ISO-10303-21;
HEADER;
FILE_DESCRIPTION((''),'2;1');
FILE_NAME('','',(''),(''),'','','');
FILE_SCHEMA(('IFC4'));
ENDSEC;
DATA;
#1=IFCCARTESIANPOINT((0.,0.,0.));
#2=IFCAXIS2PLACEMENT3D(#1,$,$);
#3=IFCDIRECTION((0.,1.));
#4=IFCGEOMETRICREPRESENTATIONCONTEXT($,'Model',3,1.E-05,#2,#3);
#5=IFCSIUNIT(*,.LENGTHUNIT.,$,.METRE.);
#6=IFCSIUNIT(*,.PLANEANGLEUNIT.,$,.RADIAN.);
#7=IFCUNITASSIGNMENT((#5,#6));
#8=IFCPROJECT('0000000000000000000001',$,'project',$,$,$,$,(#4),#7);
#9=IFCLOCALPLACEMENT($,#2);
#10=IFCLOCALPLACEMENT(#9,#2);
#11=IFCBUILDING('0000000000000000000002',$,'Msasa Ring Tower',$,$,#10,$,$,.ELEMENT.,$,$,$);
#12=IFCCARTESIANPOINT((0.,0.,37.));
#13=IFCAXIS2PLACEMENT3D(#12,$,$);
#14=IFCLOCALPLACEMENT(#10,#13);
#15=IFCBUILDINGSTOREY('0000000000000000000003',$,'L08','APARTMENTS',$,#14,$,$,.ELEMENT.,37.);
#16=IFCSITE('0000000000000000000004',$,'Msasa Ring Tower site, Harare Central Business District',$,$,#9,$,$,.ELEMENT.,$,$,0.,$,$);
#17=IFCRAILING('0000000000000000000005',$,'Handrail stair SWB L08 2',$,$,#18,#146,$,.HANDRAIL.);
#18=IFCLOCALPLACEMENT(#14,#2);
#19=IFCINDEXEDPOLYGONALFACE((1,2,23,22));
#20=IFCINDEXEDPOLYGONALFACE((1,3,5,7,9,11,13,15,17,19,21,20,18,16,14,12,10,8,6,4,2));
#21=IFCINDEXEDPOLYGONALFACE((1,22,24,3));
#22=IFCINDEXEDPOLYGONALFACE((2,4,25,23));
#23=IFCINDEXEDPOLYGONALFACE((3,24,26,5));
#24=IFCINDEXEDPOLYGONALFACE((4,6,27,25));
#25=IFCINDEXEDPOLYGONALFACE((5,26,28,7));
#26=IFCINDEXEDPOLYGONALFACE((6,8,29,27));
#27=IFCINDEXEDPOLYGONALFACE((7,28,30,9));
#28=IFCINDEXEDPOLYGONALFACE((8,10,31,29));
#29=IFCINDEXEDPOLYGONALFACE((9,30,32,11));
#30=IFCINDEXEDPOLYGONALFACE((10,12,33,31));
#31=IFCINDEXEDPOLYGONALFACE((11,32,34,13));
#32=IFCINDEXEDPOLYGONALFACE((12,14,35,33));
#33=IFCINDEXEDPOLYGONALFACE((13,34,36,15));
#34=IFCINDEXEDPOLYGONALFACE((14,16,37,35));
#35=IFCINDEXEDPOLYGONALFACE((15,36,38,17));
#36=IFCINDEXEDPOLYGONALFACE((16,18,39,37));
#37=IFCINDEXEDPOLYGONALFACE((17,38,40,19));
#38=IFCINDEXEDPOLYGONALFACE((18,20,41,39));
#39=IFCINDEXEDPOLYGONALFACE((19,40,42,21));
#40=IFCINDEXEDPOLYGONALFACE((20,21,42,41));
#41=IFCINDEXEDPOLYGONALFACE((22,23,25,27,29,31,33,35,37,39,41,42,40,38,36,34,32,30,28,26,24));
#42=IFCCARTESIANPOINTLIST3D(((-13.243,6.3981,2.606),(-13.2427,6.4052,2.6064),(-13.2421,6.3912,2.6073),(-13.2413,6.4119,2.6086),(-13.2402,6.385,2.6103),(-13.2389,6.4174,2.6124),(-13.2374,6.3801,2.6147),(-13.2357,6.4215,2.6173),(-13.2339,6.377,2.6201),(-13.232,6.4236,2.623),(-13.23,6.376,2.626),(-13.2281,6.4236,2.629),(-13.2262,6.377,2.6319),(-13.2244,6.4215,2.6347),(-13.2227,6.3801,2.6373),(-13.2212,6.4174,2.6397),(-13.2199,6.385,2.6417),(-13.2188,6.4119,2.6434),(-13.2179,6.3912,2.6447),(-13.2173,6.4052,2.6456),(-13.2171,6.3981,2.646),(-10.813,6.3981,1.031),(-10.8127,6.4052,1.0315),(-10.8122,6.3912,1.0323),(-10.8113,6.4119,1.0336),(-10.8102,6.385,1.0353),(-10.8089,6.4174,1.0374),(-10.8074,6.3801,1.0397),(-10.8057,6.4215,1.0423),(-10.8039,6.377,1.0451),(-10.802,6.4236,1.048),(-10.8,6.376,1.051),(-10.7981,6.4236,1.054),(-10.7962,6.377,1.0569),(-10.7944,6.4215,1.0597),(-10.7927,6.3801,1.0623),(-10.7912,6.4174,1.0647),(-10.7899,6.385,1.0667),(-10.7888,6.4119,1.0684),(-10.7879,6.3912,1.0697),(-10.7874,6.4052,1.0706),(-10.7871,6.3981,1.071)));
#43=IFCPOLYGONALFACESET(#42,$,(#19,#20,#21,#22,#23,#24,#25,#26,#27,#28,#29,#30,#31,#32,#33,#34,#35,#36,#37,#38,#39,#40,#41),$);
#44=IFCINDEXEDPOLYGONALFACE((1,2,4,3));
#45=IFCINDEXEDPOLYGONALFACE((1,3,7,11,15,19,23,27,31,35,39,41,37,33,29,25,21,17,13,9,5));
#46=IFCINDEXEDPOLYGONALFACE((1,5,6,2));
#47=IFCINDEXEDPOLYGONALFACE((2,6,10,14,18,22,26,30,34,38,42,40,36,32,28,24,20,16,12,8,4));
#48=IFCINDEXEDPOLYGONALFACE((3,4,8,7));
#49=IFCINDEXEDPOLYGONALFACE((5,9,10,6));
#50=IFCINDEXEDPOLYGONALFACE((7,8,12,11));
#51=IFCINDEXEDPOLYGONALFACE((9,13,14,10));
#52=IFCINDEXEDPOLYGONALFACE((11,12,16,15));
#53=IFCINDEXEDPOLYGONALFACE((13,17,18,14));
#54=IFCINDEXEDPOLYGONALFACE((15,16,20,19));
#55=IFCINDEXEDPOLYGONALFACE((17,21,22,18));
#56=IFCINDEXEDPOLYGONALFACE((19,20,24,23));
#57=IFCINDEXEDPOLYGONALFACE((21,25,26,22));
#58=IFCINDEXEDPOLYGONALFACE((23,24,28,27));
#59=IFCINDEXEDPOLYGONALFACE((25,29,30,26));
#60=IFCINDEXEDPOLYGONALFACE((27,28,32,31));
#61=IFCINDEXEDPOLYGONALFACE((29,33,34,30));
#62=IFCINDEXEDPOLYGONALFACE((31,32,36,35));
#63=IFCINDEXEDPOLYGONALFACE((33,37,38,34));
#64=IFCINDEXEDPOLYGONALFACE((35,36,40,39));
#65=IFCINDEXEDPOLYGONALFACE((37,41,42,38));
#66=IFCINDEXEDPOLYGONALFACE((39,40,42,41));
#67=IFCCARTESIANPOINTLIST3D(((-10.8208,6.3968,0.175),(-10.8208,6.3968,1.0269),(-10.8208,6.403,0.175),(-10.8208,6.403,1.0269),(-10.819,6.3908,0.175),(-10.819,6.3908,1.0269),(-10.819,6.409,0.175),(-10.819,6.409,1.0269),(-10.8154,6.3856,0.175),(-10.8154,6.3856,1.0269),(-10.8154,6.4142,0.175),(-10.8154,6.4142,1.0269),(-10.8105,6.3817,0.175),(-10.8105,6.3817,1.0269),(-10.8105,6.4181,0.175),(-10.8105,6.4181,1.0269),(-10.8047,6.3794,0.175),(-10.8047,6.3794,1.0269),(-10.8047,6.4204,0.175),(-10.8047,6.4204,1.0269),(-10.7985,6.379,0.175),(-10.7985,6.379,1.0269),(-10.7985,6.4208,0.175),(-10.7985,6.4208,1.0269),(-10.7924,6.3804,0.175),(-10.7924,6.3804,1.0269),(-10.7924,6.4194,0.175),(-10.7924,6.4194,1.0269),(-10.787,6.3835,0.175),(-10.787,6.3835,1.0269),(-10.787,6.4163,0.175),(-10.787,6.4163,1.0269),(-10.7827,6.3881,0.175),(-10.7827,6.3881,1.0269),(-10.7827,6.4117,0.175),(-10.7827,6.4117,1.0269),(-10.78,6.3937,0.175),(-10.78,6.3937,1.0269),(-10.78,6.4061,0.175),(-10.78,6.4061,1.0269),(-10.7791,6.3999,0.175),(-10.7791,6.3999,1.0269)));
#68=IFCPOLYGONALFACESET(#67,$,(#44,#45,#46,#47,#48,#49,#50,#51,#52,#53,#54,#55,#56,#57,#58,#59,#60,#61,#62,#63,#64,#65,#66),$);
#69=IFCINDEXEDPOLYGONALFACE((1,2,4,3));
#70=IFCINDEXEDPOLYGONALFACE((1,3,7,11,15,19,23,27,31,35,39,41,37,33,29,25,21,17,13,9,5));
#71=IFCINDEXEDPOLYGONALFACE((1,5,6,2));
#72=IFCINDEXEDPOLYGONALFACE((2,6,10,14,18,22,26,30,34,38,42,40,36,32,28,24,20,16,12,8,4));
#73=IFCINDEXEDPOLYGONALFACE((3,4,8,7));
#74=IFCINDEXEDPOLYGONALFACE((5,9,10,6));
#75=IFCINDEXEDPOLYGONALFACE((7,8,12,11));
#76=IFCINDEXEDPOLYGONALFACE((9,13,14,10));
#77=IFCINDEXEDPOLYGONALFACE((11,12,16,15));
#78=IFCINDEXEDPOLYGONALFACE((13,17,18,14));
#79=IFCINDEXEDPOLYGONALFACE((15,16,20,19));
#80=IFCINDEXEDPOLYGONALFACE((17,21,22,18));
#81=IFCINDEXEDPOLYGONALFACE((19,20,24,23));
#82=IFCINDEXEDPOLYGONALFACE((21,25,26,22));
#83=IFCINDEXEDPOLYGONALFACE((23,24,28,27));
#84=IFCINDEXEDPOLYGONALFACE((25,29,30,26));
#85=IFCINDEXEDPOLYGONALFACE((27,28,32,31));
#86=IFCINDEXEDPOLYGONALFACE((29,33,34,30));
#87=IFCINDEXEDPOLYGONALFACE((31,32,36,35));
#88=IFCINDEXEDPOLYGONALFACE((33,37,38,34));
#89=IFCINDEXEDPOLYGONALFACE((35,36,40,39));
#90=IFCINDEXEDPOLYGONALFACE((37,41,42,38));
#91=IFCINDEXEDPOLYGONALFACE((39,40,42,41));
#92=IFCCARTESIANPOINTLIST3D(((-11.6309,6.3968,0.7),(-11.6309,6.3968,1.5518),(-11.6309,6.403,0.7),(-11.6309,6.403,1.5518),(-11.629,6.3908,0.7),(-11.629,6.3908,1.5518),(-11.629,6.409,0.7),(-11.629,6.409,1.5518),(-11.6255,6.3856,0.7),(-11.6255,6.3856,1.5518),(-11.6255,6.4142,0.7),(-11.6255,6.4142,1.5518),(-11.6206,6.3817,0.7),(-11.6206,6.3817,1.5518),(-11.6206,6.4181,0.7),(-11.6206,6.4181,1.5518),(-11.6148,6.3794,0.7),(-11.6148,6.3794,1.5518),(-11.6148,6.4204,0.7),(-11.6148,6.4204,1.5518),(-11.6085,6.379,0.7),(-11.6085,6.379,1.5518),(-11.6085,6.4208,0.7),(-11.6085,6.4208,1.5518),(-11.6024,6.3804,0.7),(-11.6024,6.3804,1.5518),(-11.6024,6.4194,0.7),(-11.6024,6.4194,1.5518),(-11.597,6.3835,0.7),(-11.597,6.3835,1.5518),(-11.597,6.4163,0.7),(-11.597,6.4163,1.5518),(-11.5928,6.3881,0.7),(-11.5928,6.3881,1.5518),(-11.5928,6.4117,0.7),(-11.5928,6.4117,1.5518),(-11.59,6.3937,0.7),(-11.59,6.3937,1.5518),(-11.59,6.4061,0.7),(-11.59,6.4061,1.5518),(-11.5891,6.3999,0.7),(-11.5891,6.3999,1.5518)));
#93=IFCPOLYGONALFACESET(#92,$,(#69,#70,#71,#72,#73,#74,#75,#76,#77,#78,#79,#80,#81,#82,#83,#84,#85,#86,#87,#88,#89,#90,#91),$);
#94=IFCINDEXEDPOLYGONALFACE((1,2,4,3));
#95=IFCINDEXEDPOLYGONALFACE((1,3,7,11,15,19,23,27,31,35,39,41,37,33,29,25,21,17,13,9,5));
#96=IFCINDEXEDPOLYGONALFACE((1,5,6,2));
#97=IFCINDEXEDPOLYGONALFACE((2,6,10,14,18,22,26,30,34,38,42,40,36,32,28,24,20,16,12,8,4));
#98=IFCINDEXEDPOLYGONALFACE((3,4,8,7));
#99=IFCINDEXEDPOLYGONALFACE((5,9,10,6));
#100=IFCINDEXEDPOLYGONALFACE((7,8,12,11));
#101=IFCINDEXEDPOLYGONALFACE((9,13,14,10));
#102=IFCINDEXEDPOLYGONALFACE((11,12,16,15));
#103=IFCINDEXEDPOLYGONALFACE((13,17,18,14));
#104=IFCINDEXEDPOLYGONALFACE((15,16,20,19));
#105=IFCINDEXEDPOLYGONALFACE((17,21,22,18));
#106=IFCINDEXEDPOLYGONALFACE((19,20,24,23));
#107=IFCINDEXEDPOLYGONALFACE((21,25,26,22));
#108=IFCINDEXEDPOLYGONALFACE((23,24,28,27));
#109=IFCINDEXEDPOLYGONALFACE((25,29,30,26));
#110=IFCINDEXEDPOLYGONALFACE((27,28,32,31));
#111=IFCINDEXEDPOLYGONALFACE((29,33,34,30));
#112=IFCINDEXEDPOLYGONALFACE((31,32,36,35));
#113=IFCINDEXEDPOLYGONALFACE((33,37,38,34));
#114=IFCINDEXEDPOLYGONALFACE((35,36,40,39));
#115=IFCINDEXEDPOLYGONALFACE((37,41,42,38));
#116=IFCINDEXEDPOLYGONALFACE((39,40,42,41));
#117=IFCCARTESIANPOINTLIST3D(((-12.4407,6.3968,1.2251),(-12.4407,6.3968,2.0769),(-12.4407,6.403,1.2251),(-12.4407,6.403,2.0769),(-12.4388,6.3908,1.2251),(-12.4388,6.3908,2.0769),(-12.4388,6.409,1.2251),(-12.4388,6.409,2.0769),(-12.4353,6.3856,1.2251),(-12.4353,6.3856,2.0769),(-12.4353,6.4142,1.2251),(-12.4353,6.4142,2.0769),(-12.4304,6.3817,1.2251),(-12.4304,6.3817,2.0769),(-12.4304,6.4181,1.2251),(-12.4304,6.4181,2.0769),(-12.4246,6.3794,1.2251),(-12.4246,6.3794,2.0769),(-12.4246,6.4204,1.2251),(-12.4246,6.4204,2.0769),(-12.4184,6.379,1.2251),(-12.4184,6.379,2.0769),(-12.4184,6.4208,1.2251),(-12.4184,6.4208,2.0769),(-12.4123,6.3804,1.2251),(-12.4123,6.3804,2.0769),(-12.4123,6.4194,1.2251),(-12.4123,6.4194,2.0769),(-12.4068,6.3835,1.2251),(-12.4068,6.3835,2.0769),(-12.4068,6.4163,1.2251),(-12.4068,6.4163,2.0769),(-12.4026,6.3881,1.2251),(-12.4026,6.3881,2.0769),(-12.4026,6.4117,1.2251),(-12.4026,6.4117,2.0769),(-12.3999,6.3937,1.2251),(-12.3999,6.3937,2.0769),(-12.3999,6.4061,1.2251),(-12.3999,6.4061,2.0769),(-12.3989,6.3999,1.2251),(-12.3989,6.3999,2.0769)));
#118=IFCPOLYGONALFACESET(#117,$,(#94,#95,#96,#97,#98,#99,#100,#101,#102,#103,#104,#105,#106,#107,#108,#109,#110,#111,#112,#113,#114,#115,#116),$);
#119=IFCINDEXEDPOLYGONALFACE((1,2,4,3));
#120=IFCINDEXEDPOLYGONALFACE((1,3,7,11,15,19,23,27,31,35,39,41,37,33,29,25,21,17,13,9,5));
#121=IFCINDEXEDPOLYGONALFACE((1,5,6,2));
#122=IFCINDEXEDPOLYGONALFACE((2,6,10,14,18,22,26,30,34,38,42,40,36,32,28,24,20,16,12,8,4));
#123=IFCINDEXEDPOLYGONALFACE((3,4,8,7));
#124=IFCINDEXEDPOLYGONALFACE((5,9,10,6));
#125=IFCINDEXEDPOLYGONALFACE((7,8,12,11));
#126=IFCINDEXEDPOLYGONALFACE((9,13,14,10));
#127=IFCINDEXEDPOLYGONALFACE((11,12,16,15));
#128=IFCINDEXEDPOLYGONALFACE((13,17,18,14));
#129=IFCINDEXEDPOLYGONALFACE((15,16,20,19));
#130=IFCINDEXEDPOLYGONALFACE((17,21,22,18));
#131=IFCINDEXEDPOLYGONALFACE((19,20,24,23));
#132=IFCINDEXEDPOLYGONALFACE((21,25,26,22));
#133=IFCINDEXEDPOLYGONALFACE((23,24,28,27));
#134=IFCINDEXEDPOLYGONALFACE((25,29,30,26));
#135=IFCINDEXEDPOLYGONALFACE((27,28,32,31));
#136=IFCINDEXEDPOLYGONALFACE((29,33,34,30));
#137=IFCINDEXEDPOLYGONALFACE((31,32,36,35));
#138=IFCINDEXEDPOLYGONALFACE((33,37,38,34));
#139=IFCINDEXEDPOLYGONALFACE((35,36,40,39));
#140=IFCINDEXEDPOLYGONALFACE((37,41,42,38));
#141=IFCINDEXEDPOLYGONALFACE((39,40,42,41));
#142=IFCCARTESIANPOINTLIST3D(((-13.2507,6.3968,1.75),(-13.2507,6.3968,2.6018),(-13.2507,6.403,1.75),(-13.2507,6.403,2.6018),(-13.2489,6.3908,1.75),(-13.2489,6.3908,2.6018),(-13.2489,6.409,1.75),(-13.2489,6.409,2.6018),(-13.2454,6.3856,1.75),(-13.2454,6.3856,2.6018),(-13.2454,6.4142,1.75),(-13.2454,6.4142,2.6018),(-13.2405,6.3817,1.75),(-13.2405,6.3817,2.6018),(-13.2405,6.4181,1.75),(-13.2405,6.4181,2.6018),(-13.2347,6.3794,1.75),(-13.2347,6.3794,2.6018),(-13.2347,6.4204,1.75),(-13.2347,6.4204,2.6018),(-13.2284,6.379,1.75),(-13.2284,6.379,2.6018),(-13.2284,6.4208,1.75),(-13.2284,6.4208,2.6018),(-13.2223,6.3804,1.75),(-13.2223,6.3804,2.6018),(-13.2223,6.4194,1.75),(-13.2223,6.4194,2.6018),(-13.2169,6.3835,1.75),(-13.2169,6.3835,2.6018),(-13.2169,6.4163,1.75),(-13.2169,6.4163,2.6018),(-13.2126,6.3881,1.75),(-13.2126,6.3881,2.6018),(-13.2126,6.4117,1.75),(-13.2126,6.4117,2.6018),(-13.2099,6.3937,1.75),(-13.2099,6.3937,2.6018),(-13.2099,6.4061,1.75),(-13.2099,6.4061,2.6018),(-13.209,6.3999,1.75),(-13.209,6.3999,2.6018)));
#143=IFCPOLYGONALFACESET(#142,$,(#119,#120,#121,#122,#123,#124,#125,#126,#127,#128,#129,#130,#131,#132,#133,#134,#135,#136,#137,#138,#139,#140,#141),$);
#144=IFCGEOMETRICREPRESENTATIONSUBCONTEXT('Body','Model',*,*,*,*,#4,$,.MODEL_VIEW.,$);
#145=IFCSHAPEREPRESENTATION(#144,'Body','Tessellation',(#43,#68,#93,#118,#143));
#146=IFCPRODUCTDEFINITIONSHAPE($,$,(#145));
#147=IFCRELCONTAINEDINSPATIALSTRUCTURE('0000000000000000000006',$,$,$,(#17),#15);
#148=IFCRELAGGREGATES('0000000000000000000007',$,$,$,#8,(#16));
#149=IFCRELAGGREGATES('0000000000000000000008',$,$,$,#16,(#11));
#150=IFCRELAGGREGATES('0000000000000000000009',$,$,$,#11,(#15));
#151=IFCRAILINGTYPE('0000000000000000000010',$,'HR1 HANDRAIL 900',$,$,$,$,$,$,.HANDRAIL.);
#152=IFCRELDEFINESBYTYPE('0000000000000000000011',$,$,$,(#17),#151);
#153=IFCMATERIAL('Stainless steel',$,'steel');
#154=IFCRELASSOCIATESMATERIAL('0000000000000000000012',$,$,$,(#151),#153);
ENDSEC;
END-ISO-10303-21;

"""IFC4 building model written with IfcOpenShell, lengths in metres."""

from ifc_helpers import new_model, si_unit, direction, frame, origin, origin_2d, place, context, subcontext, project, spatial, circle, extrude, material, type_object, element, save


model = new_model("IFC4")

# Units and contexts
model_context = context("Model", 3, precision=1e-05, world=origin(), true_north=direction((0.0, 1.0)))
body_context = subcontext(model_context, "Body", "Model", "MODEL_VIEW")
ifc_project = project(units=[si_unit("LENGTHUNIT", "METRE"), si_unit("PLANEANGLEUNIT", "RADIAN")], contexts=[model_context])

# Site, building, storey
site_placement = place(None, origin())
site = spatial("IfcSite", under=ifc_project, at=site_placement, Name="Msasa Ring Tower site, Harare Central Business District", CompositionType="ELEMENT", RefElevation=0.0)
building_placement = place(site_placement, origin())
building = spatial("IfcBuilding", under=site, at=building_placement, Name="Msasa Ring Tower", CompositionType="ELEMENT")
storey_placement = place(building_placement, frame((0.0, 0.0, 37.0)))
storey = spatial("IfcBuildingStorey", under=building, at=storey_placement, Name="L08", Description="APARTMENTS", CompositionType="ELEMENT", Elevation=37.0)

# Railing
ifc_material_1 = material(Name="Stainless steel", Category="steel")
railing_type = type_object("IfcRailingType", Name="HR1 HANDRAIL 900", PredefinedType="HANDRAIL", material=ifc_material_1)
for number, where, name in (
    (1, (-10.8, 6.3999, 0.175), "Handrail stair SWB L08 2"),
):
    element("IfcRailing", number, at=place(storey_placement, frame(where)), inside=storey, type_object=railing_type, Name=name, PredefinedType="HANDRAIL", context=body_context, shape_type="SweptSolid", body=[
        extrude(circle(Radius=0.0239, at=origin_2d()), frame((0.0, 0.0, 0.876), z_axis=(-0.839154, 0.0, 0.543894), x_axis=(0.0, -1.0, 0.0)), (0.0, 0.0, 1.0), 2.8958),
        extrude(circle(Radius=0.021, at=origin_2d()), origin(), (0.0, 0.0, 1.0), 0.8518),
        extrude(circle(Radius=0.021, at=origin_2d()), frame((-0.8101, 0.0, 0.5249)), (0.0, 0.0, 1.0), 0.8518),
        extrude(circle(Radius=0.021, at=origin_2d()), frame((-1.6199, 0.0, 1.05)), (0.0, 0.0, 1.0), 0.8518),
        extrude(circle(Radius=0.021, at=origin_2d()), frame((-2.4299, 0.0, 1.575)), (0.0, 0.0, 1.0), 0.8518),
    ])

save(model, "model.ifc")
